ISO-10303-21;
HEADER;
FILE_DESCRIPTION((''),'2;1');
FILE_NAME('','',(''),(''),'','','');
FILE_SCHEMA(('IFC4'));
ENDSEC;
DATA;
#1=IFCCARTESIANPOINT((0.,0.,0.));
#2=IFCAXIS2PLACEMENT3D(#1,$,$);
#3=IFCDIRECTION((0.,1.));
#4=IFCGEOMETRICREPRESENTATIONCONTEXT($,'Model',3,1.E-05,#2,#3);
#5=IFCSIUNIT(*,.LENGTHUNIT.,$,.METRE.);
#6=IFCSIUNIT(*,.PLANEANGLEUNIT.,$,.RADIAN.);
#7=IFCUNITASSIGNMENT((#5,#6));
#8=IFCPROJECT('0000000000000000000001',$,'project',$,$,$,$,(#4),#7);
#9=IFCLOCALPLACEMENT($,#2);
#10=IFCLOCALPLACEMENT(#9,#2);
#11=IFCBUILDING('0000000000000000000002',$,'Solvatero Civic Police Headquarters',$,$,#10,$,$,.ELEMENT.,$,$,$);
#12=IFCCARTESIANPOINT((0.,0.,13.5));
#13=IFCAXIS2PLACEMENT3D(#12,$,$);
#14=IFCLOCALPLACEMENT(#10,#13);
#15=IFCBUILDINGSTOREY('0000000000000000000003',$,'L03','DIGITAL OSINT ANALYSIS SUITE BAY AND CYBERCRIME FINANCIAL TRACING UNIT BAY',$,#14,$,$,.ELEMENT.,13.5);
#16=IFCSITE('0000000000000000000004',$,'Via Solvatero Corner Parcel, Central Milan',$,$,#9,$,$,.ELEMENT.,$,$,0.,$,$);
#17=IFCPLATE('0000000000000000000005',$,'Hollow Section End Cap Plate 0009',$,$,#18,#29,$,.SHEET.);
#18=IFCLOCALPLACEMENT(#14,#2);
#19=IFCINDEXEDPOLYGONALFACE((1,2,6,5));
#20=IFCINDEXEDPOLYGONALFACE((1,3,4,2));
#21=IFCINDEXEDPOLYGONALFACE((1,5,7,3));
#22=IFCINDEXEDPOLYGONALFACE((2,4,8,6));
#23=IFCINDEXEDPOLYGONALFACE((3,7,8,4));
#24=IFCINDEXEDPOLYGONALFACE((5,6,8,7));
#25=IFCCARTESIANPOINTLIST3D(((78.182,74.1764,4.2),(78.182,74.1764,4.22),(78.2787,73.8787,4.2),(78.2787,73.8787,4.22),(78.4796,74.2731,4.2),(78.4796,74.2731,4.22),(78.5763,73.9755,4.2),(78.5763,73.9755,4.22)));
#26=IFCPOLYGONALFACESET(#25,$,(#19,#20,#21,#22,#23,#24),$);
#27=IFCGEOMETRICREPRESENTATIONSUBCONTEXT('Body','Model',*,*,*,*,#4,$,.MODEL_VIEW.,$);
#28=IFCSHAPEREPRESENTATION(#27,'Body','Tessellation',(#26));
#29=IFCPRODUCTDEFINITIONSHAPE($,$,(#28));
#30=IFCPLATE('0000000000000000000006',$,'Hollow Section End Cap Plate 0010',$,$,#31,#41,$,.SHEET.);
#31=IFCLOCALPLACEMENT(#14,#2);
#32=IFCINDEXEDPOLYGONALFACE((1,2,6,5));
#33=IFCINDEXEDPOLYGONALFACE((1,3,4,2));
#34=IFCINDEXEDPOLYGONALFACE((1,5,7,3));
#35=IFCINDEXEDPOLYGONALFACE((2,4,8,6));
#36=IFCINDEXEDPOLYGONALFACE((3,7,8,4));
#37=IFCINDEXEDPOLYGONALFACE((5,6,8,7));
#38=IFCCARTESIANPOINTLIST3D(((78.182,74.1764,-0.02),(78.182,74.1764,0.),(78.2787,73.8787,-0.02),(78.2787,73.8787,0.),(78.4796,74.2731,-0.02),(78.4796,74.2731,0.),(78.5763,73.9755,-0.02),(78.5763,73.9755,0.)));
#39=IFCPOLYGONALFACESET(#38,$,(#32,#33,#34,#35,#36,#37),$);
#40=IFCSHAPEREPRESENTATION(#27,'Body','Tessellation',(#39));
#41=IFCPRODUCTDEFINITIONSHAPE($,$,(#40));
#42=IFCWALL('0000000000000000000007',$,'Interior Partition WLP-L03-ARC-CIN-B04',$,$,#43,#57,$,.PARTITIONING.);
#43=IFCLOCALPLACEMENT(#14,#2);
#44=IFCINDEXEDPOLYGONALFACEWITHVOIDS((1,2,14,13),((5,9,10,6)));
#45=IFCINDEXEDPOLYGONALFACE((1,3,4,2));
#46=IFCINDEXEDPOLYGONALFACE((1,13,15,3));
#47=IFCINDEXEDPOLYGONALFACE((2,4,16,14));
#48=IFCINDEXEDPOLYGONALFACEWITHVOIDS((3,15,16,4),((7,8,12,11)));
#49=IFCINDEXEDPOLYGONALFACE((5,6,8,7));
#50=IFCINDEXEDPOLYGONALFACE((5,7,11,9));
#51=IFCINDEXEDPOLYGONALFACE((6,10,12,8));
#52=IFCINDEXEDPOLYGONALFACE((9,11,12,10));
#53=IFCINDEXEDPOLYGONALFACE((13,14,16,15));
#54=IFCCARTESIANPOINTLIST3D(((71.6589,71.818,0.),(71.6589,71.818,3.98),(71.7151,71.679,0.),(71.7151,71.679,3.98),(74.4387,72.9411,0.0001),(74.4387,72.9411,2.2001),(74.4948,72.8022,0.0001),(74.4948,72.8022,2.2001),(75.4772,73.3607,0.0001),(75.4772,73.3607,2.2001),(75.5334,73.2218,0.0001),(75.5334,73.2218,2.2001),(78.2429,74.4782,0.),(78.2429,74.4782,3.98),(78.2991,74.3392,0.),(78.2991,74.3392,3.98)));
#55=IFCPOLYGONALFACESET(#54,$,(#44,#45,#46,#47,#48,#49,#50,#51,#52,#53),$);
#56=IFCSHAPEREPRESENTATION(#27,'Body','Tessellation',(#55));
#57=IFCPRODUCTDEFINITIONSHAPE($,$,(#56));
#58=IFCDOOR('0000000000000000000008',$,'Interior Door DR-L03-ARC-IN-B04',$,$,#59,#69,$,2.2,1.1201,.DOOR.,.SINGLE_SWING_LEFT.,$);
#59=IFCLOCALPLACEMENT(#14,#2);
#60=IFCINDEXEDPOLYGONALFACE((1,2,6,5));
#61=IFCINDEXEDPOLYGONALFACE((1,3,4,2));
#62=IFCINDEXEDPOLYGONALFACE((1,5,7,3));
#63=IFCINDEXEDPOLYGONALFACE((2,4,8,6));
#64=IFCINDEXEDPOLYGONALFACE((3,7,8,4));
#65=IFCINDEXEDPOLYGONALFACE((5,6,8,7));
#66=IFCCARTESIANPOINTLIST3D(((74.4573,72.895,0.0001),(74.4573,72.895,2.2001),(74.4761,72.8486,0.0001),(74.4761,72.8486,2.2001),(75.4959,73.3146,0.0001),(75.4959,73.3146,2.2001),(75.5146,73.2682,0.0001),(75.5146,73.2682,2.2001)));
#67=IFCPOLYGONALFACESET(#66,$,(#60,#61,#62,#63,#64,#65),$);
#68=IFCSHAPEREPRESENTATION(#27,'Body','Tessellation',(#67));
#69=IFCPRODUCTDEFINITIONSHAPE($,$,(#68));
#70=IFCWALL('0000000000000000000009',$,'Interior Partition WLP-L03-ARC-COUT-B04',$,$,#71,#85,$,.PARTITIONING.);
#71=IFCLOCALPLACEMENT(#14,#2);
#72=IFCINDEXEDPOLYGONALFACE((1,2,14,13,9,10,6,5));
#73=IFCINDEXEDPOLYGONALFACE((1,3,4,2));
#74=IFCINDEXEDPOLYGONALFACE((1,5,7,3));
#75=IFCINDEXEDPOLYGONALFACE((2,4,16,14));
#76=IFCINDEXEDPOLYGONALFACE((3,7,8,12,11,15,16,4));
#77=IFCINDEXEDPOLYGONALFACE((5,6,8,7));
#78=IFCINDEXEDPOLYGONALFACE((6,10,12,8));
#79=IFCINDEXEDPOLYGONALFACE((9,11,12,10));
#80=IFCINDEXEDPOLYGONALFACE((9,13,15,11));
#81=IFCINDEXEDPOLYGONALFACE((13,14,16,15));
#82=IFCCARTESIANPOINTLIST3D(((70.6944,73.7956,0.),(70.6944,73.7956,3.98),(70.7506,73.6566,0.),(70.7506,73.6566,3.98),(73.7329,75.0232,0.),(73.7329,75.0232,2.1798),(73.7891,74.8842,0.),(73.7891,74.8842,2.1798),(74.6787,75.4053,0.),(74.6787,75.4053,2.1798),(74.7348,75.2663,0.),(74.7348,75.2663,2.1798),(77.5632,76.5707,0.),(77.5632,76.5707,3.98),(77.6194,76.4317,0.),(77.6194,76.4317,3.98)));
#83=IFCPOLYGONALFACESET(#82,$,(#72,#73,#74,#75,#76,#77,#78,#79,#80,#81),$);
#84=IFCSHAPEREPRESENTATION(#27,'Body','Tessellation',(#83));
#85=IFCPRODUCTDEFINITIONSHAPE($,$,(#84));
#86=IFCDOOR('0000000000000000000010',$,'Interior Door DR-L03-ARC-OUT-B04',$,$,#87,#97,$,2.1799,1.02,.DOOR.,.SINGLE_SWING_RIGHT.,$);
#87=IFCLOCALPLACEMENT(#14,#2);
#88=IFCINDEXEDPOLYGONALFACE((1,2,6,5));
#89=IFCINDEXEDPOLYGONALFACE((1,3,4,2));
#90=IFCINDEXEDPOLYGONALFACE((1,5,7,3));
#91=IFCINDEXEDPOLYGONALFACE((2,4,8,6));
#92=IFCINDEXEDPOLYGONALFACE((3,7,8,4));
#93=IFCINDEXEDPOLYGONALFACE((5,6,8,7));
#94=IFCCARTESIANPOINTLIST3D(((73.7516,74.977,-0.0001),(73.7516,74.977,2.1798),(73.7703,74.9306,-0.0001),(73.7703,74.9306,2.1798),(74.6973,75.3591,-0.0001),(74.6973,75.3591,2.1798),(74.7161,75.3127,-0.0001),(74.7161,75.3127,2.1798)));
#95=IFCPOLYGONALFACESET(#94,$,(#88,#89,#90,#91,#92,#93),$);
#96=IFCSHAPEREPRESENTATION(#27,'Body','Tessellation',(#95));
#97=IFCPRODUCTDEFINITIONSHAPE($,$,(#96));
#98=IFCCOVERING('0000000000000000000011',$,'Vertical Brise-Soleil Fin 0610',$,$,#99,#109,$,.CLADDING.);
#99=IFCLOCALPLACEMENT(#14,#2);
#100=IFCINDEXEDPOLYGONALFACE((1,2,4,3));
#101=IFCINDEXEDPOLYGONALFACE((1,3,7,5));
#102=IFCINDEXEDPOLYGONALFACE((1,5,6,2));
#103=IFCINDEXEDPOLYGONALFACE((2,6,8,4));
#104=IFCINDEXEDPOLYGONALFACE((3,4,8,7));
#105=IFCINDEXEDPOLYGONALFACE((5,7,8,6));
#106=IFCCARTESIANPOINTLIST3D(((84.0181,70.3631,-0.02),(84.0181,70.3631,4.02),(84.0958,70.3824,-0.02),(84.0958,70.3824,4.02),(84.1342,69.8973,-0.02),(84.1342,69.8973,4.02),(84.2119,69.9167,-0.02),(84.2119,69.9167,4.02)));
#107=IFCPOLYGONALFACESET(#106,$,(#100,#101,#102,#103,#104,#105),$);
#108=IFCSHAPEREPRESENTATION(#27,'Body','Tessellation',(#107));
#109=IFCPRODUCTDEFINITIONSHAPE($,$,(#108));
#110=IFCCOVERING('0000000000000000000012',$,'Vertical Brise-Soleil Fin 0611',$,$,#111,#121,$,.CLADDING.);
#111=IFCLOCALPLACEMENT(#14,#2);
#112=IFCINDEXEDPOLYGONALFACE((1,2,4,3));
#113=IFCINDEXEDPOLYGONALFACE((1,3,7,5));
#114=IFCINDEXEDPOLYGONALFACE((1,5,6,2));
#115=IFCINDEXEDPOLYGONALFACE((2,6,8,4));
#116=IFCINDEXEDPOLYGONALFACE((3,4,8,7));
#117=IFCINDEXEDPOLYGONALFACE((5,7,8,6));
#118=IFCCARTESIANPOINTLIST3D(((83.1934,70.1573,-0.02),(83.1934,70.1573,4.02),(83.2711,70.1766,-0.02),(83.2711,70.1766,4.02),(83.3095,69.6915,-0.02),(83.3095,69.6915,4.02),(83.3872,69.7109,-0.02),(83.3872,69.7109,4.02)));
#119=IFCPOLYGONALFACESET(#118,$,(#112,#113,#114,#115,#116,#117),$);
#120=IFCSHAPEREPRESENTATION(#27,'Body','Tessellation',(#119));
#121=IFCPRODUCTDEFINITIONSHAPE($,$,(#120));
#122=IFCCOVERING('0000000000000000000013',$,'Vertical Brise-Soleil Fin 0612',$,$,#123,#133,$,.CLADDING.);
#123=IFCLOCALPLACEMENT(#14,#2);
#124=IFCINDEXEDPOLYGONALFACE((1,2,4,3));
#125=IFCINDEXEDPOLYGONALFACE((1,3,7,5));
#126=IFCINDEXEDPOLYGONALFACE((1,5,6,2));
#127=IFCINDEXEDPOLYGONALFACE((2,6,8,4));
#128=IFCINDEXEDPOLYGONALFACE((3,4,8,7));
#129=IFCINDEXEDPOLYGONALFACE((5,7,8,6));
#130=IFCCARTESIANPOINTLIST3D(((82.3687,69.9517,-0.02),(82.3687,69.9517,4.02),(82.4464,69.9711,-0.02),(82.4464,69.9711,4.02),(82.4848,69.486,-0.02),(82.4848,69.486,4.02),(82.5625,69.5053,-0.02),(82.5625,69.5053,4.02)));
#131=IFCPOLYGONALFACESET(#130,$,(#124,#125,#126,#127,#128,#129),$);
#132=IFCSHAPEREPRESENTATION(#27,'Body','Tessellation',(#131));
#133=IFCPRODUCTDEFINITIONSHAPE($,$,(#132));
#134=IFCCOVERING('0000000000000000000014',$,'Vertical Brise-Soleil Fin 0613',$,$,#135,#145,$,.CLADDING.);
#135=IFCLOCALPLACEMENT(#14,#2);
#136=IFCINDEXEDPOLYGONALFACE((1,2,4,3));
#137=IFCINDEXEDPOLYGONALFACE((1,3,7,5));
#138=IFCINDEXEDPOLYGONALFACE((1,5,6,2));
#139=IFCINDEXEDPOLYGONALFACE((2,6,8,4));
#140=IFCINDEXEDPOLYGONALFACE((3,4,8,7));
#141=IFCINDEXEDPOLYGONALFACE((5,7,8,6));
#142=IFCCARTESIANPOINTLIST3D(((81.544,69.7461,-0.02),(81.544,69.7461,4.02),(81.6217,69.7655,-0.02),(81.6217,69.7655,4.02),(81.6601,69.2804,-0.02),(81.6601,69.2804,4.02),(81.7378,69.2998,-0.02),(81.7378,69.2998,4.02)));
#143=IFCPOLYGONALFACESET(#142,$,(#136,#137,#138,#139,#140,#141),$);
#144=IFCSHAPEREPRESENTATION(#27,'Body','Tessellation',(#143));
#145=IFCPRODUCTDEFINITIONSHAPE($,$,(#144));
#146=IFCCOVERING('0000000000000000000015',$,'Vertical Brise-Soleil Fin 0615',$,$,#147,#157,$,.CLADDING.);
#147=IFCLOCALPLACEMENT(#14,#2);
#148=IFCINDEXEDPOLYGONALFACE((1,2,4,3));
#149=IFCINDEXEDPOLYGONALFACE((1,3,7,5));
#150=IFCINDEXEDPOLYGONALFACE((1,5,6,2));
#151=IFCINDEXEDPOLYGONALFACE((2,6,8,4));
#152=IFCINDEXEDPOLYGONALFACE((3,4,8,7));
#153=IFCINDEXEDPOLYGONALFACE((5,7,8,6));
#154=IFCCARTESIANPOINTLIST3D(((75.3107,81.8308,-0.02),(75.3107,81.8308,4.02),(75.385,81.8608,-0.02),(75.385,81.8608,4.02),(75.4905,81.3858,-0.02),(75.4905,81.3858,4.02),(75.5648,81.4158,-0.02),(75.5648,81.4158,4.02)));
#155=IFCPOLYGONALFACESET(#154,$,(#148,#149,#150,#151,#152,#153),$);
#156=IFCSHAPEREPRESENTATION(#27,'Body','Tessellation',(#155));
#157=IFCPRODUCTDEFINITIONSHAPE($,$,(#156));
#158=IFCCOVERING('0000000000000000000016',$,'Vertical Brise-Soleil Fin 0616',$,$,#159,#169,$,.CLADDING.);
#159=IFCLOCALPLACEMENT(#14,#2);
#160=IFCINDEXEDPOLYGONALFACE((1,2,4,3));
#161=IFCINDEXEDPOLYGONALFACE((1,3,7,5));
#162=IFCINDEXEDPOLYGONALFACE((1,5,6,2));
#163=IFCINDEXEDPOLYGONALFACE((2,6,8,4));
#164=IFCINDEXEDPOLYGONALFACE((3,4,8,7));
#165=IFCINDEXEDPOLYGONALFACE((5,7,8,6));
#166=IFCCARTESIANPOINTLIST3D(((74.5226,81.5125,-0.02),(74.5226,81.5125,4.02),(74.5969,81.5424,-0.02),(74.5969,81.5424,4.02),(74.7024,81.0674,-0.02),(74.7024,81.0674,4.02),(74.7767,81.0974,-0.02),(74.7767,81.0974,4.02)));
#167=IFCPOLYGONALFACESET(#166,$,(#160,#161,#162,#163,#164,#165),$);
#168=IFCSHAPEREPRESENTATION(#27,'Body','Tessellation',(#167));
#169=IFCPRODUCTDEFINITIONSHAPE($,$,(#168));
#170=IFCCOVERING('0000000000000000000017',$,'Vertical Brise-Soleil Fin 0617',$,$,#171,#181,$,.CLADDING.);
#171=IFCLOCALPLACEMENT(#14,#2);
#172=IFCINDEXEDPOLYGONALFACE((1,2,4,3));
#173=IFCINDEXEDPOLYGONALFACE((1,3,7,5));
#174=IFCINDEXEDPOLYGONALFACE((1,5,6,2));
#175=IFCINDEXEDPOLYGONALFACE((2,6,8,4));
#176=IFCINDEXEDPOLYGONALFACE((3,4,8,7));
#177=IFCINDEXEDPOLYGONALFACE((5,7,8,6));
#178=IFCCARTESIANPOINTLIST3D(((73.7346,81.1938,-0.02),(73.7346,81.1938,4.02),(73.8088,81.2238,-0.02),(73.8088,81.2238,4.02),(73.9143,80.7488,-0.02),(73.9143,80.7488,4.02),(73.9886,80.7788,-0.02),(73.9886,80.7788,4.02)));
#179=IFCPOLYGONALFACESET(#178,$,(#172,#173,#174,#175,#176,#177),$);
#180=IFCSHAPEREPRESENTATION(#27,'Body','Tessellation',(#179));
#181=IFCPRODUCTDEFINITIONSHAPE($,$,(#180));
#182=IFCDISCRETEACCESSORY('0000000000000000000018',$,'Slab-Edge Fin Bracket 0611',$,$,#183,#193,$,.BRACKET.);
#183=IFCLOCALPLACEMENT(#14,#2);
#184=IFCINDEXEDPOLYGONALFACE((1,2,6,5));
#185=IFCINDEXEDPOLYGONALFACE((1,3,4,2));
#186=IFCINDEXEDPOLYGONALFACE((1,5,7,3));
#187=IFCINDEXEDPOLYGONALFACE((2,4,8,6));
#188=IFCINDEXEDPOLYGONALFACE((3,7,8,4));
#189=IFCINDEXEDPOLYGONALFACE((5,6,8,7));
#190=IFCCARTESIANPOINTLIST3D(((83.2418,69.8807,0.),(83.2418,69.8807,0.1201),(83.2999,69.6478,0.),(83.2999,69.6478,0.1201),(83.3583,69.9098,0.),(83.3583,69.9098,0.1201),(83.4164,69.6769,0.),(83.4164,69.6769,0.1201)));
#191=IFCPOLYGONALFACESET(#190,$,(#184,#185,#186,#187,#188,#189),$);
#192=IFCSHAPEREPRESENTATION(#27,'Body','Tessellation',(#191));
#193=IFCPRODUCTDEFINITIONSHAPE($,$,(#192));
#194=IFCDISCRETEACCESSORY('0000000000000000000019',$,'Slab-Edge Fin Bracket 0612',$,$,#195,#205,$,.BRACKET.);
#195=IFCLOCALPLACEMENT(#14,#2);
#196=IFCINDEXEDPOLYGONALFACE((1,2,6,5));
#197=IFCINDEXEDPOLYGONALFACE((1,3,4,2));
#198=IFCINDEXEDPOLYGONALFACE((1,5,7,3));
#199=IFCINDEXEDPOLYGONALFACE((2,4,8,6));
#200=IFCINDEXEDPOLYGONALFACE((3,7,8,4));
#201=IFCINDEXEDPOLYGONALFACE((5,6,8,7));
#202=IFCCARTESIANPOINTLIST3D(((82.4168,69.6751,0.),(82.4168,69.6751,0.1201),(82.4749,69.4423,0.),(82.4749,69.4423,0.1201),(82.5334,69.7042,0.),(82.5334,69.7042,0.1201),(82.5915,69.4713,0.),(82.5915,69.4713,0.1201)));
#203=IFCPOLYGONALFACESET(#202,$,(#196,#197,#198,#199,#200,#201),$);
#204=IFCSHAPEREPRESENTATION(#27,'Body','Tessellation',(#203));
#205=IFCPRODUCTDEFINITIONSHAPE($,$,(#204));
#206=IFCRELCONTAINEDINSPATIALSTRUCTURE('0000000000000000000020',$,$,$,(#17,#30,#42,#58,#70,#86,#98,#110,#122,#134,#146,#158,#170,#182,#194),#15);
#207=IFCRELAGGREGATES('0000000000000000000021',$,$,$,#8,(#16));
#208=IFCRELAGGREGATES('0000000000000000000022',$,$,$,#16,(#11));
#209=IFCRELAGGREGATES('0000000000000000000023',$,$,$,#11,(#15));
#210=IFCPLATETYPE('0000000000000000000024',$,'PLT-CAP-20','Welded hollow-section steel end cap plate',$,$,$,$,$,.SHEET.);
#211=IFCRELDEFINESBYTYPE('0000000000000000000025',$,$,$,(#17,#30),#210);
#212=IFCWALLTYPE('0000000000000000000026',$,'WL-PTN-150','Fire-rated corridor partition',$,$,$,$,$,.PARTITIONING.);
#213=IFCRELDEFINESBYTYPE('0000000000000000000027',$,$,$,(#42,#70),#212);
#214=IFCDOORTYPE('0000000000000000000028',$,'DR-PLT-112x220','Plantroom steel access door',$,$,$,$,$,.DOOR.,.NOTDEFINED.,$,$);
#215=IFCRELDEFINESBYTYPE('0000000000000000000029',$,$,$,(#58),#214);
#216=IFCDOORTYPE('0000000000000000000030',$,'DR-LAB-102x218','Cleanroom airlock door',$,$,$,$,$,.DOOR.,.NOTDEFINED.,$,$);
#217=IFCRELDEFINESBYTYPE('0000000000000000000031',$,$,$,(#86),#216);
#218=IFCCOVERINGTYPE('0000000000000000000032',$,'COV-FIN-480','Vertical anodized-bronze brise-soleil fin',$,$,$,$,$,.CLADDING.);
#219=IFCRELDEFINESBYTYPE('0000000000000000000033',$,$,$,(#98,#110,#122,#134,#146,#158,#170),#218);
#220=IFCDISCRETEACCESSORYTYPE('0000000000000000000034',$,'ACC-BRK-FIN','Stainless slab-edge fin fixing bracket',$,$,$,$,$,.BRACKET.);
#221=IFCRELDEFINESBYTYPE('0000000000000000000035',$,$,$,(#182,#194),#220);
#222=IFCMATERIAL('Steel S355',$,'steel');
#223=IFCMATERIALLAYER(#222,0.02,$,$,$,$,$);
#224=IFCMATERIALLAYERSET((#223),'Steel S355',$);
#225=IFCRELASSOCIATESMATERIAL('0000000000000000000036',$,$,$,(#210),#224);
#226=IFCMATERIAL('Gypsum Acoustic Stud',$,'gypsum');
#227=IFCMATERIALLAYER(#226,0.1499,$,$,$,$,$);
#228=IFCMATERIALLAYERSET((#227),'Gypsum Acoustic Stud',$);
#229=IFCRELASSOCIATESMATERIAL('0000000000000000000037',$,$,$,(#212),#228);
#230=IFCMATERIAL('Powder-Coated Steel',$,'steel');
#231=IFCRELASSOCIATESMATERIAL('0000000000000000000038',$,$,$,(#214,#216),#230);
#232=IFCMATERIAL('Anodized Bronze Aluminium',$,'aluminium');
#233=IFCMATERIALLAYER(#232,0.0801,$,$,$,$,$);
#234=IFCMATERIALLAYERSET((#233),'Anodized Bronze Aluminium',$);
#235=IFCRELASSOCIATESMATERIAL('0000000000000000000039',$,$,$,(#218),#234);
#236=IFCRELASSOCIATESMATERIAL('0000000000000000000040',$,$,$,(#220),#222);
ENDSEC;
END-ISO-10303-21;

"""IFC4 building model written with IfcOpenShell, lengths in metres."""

from ifc_helpers import new_model, si_unit, direction, frame, frame_2d, origin, origin_2d, place, context, subcontext, project, spatial, rectangle, extrude, material, layer, layer_set, type_object, element, fill, save


model = new_model("IFC4")

# Units and contexts
model_context = context("Model", 3, precision=1e-05, world=origin(), true_north=direction((0.0, 1.0)))
body_context = subcontext(model_context, "Body", "Model", "MODEL_VIEW")
ifc_project = project(units=[si_unit("LENGTHUNIT", "METRE"), si_unit("PLANEANGLEUNIT", "RADIAN")], contexts=[model_context])

# Site, building, storey
site_placement = place(None, origin())
site = spatial("IfcSite", under=ifc_project, at=site_placement, Name="Via Solvatero Corner Parcel, Central Milan", CompositionType="ELEMENT", RefElevation=0.0)
building_placement = place(site_placement, origin())
building = spatial("IfcBuilding", under=site, at=building_placement, Name="Solvatero Civic Police Headquarters", CompositionType="ELEMENT")
storey_placement = place(building_placement, frame((0.0, 0.0, 13.5)))
storey = spatial("IfcBuildingStorey", under=building, at=storey_placement, Name="L03", Description="DIGITAL OSINT ANALYSIS SUITE BAY AND CYBERCRIME FINANCIAL TRACING UNIT BAY", CompositionType="ELEMENT", Elevation=13.5)

# Shared definitions
ifc_material_1 = material(Name="Steel S355", Category="steel")

# Shared definitions
ifc_material_2 = material(Name="Anodized Bronze Aluminium", Category="aluminium")

# Plates
ifc_layer_1 = layer(ifc_material_1, 0.02)
ifc_layer_set_1 = layer_set([ifc_layer_1], Name="Steel S355")
plate_type_1 = type_object("IfcPlateType", Name="PLT-CAP-20", Description="Welded hollow-section steel end cap plate", PredefinedType="SHEET", material=ifc_layer_set_1)
for number, where, z_axis, x_axis, name in (
    (1, (78.3792, 74.0759, 4.2), (0.0, 0.0, 1.0), (0.951057, 0.309017, 0.0), "Hollow Section End Cap Plate 0009"),
    (2, (78.3792, 74.0759, -0.02), (0.0, 0.0, 1.0), (0.951057, 0.309017, 0.0), "Hollow Section End Cap Plate 0010"),
):
    element("IfcPlate", number, at=place(storey_placement, frame(where, z_axis=z_axis, x_axis=x_axis)), inside=storey, type_object=plate_type_1, Name=name, PredefinedType="SHEET", context=body_context, shape_type="SweptSolid", body=[
        extrude(rectangle(XDim=0.313, YDim=0.313, at=origin_2d()), origin(), (0.0, 0.0, 1.0), 0.02),
    ])

# Walls, openings, doors
ifc_material_3 = material(Name="Gypsum Acoustic Stud", Category="gypsum")
ifc_layer_2 = layer(ifc_material_3, 0.1499)
ifc_layer_set_2 = layer_set([ifc_layer_2], Name="Gypsum Acoustic Stud")
wall_type = type_object("IfcWallType", Name="WL-PTN-150", Description="Fire-rated corridor partition", PredefinedType="PARTITIONING", material=ifc_layer_set_2)
wall_1_placement = place(storey_placement, frame((78.271, 74.4087, 0.0), z_axis=(0.0, 0.0, 1.0), x_axis=(-0.927181, -0.374613, 0.0)))
wall_1 = element("IfcWall", 3, at=wall_1_placement, inside=storey, type_object=wall_type, Name="Interior Partition WLP-L03-ARC-CIN-B04", PredefinedType="PARTITIONING", context=body_context, shape_type="SweptSolid", body=[
    extrude(rectangle(XDim=7.1011, YDim=0.1499, at=frame_2d((3.5505, 0.0))), origin(), (0.0, 0.0, 1.0), 3.98),
])
opening_1_placement = place(wall_1_placement, frame((2.9829, 0.0, 0.0)))
opening_1 = element("IfcOpeningElement", 4, at=opening_1_placement, cuts=wall_1, PredefinedType="OPENING", context=body_context, shape_type="SweptSolid", body=[
    extrude(rectangle(XDim=1.1201, YDim=2.2, at=frame_2d((0.5601, 1.1001))), frame((0.0, 0.085, 0.0), z_axis=(0.0, -1.0, 0.0), x_axis=(1.0, 0.0, 0.0)), (0.0, 0.0, 1.0), 0.1699),
])
ifc_material_4 = material(Name="Powder-Coated Steel", Category="steel")
door_type_1 = type_object("IfcDoorType", Name="DR-PLT-112x220", Description="Plantroom steel access door", OperationType="NOTDEFINED", PredefinedType="DOOR", material=ifc_material_4)
door_1_placement = place(opening_1_placement, origin())
door_1 = element("IfcDoor", 5, at=door_1_placement, inside=storey, type_object=door_type_1, Name="Interior Door DR-L03-ARC-IN-B04", OperationType="SINGLE_SWING_LEFT", OverallHeight=2.2, OverallWidth=1.1201, PredefinedType="DOOR", context=body_context, shape_type="SweptSolid", body=[
    extrude(rectangle(XDim=1.1201, YDim=2.2, at=frame_2d((0.5601, 1.1001))), frame((0.0, 0.0249, 0.0), z_axis=(0.0, -1.0, 0.0), x_axis=(1.0, 0.0, 0.0)), (0.0, 0.0, 1.0), 0.05),
])
fill(opening_1, door_1)
wall_2_placement = place(storey_placement, frame((77.5913, 76.5012, 0.0), z_axis=(0.0, 0.0, 1.0), x_axis=(-0.927187, -0.374599, 0.0)))
wall_2 = element("IfcWall", 6, at=wall_2_placement, inside=storey, type_object=wall_type, Name="Interior Partition WLP-L03-ARC-COUT-B04", PredefinedType="PARTITIONING", context=body_context, shape_type="SweptSolid", body=[
    extrude(rectangle(XDim=7.4082, YDim=0.1499, at=frame_2d((3.7041, 0.0))), origin(), (0.0, 0.0, 1.0), 3.98),
])
opening_2_placement = place(wall_2_placement, frame((3.1111, 0.0, 0.0)))
opening_2 = element("IfcOpeningElement", 7, at=opening_2_placement, cuts=wall_2, PredefinedType="OPENING", context=body_context, shape_type="SweptSolid", body=[
    extrude(rectangle(XDim=1.02, YDim=2.1799, at=frame_2d((0.51, 1.0898))), frame((0.0, 0.085, 0.0), z_axis=(0.0, -1.0, 0.0), x_axis=(1.0, 0.0, 0.0)), (0.0, 0.0, 1.0), 0.1699),
])
door_type_2 = type_object("IfcDoorType", Name="DR-LAB-102x218", Description="Cleanroom airlock door", OperationType="NOTDEFINED", PredefinedType="DOOR", material=ifc_material_4)
door_2_placement = place(opening_2_placement, origin())
door_2 = element("IfcDoor", 8, at=door_2_placement, inside=storey, type_object=door_type_2, Name="Interior Door DR-L03-ARC-OUT-B04", OperationType="SINGLE_SWING_RIGHT", OverallHeight=2.1799, OverallWidth=1.02, PredefinedType="DOOR", context=body_context, shape_type="SweptSolid", body=[
    extrude(rectangle(XDim=1.02, YDim=2.1799, at=frame_2d((0.51, 1.0898))), frame((0.0, 0.0249, 0.0), z_axis=(0.0, -1.0, 0.0), x_axis=(1.0, 0.0, 0.0)), (0.0, 0.0, 1.0), 0.05),
])
fill(opening_2, door_2)

# Coverings
ifc_layer_3 = layer(ifc_material_2, 0.0801)
ifc_layer_set_3 = layer_set([ifc_layer_3], Name="Anodized Bronze Aluminium")
covering_type = type_object("IfcCoveringType", Name="COV-FIN-480", Description="Vertical anodized-bronze brise-soleil fin", PredefinedType="CLADDING", material=ifc_layer_set_3)
for number, where, z_axis, x_axis, name in (
    (9, (84.115, 70.1399, -0.02), (0.0, 0.0, 1.0), (-0.9703, -0.241905, 0.0), "Vertical Brise-Soleil Fin 0610"),
    (10, (83.2903, 69.9341, -0.02), (0.0, 0.0, 1.0), (-0.9703, -0.241905, 0.0), "Vertical Brise-Soleil Fin 0611"),
    (11, (82.4656, 69.7285, -0.02), (0.0, 0.0, 1.0), (-0.9703, -0.241905, 0.0), "Vertical Brise-Soleil Fin 0612"),
    (12, (81.6409, 69.5229, -0.02), (0.0, 0.0, 1.0), (-0.9703, -0.241905, 0.0), "Vertical Brise-Soleil Fin 0613"),
    (13, (75.4377, 81.6233, -0.02), (0.0, 0.0, 1.0), (-0.92719, -0.37459, 0.0), "Vertical Brise-Soleil Fin 0615"),
    (14, (74.6497, 81.3049, -0.02), (0.0, 0.0, 1.0), (-0.92719, -0.37459, 0.0), "Vertical Brise-Soleil Fin 0616"),
    (15, (73.8616, 80.9863, -0.02), (0.0, 0.0, 1.0), (-0.92719, -0.37459, 0.0), "Vertical Brise-Soleil Fin 0617"),
):
    element("IfcCovering", number, at=place(storey_placement, frame(where, z_axis=z_axis, x_axis=x_axis)), inside=storey, type_object=covering_type, Name=name, PredefinedType="CLADDING", context=body_context, shape_type="SweptSolid", body=[
        extrude(rectangle(XDim=0.0801, YDim=0.48, at=origin_2d()), origin(), (0.0, 0.0, 1.0), 4.04),
    ])

# Discrete accessories
discrete_accessory_type = type_object("IfcDiscreteAccessoryType", Name="ACC-BRK-FIN", Description="Stainless slab-edge fin fixing bracket", PredefinedType="BRACKET", material=ifc_material_1)
for number, where, z_axis, x_axis, name in (
    (16, (83.3291, 69.7788, 0.0), (0.0, 0.0, 1.0), (-0.9703, -0.241905, 0.0), "Slab-Edge Fin Bracket 0611"),
    (17, (82.5042, 69.5732, 0.0), (0.0, 0.0, 1.0), (-0.9703, -0.241905, 0.0), "Slab-Edge Fin Bracket 0612"),
):
    element("IfcDiscreteAccessory", number, at=place(storey_placement, frame(where, z_axis=z_axis, x_axis=x_axis)), inside=storey, type_object=discrete_accessory_type, Name=name, PredefinedType="BRACKET", context=body_context, shape_type="SweptSolid", body=[
        extrude(rectangle(XDim=0.1201, YDim=0.24, at=origin_2d()), origin(), (0.0, 0.0, 1.0), 0.1201),
    ])

save(model, "model.ifc")
